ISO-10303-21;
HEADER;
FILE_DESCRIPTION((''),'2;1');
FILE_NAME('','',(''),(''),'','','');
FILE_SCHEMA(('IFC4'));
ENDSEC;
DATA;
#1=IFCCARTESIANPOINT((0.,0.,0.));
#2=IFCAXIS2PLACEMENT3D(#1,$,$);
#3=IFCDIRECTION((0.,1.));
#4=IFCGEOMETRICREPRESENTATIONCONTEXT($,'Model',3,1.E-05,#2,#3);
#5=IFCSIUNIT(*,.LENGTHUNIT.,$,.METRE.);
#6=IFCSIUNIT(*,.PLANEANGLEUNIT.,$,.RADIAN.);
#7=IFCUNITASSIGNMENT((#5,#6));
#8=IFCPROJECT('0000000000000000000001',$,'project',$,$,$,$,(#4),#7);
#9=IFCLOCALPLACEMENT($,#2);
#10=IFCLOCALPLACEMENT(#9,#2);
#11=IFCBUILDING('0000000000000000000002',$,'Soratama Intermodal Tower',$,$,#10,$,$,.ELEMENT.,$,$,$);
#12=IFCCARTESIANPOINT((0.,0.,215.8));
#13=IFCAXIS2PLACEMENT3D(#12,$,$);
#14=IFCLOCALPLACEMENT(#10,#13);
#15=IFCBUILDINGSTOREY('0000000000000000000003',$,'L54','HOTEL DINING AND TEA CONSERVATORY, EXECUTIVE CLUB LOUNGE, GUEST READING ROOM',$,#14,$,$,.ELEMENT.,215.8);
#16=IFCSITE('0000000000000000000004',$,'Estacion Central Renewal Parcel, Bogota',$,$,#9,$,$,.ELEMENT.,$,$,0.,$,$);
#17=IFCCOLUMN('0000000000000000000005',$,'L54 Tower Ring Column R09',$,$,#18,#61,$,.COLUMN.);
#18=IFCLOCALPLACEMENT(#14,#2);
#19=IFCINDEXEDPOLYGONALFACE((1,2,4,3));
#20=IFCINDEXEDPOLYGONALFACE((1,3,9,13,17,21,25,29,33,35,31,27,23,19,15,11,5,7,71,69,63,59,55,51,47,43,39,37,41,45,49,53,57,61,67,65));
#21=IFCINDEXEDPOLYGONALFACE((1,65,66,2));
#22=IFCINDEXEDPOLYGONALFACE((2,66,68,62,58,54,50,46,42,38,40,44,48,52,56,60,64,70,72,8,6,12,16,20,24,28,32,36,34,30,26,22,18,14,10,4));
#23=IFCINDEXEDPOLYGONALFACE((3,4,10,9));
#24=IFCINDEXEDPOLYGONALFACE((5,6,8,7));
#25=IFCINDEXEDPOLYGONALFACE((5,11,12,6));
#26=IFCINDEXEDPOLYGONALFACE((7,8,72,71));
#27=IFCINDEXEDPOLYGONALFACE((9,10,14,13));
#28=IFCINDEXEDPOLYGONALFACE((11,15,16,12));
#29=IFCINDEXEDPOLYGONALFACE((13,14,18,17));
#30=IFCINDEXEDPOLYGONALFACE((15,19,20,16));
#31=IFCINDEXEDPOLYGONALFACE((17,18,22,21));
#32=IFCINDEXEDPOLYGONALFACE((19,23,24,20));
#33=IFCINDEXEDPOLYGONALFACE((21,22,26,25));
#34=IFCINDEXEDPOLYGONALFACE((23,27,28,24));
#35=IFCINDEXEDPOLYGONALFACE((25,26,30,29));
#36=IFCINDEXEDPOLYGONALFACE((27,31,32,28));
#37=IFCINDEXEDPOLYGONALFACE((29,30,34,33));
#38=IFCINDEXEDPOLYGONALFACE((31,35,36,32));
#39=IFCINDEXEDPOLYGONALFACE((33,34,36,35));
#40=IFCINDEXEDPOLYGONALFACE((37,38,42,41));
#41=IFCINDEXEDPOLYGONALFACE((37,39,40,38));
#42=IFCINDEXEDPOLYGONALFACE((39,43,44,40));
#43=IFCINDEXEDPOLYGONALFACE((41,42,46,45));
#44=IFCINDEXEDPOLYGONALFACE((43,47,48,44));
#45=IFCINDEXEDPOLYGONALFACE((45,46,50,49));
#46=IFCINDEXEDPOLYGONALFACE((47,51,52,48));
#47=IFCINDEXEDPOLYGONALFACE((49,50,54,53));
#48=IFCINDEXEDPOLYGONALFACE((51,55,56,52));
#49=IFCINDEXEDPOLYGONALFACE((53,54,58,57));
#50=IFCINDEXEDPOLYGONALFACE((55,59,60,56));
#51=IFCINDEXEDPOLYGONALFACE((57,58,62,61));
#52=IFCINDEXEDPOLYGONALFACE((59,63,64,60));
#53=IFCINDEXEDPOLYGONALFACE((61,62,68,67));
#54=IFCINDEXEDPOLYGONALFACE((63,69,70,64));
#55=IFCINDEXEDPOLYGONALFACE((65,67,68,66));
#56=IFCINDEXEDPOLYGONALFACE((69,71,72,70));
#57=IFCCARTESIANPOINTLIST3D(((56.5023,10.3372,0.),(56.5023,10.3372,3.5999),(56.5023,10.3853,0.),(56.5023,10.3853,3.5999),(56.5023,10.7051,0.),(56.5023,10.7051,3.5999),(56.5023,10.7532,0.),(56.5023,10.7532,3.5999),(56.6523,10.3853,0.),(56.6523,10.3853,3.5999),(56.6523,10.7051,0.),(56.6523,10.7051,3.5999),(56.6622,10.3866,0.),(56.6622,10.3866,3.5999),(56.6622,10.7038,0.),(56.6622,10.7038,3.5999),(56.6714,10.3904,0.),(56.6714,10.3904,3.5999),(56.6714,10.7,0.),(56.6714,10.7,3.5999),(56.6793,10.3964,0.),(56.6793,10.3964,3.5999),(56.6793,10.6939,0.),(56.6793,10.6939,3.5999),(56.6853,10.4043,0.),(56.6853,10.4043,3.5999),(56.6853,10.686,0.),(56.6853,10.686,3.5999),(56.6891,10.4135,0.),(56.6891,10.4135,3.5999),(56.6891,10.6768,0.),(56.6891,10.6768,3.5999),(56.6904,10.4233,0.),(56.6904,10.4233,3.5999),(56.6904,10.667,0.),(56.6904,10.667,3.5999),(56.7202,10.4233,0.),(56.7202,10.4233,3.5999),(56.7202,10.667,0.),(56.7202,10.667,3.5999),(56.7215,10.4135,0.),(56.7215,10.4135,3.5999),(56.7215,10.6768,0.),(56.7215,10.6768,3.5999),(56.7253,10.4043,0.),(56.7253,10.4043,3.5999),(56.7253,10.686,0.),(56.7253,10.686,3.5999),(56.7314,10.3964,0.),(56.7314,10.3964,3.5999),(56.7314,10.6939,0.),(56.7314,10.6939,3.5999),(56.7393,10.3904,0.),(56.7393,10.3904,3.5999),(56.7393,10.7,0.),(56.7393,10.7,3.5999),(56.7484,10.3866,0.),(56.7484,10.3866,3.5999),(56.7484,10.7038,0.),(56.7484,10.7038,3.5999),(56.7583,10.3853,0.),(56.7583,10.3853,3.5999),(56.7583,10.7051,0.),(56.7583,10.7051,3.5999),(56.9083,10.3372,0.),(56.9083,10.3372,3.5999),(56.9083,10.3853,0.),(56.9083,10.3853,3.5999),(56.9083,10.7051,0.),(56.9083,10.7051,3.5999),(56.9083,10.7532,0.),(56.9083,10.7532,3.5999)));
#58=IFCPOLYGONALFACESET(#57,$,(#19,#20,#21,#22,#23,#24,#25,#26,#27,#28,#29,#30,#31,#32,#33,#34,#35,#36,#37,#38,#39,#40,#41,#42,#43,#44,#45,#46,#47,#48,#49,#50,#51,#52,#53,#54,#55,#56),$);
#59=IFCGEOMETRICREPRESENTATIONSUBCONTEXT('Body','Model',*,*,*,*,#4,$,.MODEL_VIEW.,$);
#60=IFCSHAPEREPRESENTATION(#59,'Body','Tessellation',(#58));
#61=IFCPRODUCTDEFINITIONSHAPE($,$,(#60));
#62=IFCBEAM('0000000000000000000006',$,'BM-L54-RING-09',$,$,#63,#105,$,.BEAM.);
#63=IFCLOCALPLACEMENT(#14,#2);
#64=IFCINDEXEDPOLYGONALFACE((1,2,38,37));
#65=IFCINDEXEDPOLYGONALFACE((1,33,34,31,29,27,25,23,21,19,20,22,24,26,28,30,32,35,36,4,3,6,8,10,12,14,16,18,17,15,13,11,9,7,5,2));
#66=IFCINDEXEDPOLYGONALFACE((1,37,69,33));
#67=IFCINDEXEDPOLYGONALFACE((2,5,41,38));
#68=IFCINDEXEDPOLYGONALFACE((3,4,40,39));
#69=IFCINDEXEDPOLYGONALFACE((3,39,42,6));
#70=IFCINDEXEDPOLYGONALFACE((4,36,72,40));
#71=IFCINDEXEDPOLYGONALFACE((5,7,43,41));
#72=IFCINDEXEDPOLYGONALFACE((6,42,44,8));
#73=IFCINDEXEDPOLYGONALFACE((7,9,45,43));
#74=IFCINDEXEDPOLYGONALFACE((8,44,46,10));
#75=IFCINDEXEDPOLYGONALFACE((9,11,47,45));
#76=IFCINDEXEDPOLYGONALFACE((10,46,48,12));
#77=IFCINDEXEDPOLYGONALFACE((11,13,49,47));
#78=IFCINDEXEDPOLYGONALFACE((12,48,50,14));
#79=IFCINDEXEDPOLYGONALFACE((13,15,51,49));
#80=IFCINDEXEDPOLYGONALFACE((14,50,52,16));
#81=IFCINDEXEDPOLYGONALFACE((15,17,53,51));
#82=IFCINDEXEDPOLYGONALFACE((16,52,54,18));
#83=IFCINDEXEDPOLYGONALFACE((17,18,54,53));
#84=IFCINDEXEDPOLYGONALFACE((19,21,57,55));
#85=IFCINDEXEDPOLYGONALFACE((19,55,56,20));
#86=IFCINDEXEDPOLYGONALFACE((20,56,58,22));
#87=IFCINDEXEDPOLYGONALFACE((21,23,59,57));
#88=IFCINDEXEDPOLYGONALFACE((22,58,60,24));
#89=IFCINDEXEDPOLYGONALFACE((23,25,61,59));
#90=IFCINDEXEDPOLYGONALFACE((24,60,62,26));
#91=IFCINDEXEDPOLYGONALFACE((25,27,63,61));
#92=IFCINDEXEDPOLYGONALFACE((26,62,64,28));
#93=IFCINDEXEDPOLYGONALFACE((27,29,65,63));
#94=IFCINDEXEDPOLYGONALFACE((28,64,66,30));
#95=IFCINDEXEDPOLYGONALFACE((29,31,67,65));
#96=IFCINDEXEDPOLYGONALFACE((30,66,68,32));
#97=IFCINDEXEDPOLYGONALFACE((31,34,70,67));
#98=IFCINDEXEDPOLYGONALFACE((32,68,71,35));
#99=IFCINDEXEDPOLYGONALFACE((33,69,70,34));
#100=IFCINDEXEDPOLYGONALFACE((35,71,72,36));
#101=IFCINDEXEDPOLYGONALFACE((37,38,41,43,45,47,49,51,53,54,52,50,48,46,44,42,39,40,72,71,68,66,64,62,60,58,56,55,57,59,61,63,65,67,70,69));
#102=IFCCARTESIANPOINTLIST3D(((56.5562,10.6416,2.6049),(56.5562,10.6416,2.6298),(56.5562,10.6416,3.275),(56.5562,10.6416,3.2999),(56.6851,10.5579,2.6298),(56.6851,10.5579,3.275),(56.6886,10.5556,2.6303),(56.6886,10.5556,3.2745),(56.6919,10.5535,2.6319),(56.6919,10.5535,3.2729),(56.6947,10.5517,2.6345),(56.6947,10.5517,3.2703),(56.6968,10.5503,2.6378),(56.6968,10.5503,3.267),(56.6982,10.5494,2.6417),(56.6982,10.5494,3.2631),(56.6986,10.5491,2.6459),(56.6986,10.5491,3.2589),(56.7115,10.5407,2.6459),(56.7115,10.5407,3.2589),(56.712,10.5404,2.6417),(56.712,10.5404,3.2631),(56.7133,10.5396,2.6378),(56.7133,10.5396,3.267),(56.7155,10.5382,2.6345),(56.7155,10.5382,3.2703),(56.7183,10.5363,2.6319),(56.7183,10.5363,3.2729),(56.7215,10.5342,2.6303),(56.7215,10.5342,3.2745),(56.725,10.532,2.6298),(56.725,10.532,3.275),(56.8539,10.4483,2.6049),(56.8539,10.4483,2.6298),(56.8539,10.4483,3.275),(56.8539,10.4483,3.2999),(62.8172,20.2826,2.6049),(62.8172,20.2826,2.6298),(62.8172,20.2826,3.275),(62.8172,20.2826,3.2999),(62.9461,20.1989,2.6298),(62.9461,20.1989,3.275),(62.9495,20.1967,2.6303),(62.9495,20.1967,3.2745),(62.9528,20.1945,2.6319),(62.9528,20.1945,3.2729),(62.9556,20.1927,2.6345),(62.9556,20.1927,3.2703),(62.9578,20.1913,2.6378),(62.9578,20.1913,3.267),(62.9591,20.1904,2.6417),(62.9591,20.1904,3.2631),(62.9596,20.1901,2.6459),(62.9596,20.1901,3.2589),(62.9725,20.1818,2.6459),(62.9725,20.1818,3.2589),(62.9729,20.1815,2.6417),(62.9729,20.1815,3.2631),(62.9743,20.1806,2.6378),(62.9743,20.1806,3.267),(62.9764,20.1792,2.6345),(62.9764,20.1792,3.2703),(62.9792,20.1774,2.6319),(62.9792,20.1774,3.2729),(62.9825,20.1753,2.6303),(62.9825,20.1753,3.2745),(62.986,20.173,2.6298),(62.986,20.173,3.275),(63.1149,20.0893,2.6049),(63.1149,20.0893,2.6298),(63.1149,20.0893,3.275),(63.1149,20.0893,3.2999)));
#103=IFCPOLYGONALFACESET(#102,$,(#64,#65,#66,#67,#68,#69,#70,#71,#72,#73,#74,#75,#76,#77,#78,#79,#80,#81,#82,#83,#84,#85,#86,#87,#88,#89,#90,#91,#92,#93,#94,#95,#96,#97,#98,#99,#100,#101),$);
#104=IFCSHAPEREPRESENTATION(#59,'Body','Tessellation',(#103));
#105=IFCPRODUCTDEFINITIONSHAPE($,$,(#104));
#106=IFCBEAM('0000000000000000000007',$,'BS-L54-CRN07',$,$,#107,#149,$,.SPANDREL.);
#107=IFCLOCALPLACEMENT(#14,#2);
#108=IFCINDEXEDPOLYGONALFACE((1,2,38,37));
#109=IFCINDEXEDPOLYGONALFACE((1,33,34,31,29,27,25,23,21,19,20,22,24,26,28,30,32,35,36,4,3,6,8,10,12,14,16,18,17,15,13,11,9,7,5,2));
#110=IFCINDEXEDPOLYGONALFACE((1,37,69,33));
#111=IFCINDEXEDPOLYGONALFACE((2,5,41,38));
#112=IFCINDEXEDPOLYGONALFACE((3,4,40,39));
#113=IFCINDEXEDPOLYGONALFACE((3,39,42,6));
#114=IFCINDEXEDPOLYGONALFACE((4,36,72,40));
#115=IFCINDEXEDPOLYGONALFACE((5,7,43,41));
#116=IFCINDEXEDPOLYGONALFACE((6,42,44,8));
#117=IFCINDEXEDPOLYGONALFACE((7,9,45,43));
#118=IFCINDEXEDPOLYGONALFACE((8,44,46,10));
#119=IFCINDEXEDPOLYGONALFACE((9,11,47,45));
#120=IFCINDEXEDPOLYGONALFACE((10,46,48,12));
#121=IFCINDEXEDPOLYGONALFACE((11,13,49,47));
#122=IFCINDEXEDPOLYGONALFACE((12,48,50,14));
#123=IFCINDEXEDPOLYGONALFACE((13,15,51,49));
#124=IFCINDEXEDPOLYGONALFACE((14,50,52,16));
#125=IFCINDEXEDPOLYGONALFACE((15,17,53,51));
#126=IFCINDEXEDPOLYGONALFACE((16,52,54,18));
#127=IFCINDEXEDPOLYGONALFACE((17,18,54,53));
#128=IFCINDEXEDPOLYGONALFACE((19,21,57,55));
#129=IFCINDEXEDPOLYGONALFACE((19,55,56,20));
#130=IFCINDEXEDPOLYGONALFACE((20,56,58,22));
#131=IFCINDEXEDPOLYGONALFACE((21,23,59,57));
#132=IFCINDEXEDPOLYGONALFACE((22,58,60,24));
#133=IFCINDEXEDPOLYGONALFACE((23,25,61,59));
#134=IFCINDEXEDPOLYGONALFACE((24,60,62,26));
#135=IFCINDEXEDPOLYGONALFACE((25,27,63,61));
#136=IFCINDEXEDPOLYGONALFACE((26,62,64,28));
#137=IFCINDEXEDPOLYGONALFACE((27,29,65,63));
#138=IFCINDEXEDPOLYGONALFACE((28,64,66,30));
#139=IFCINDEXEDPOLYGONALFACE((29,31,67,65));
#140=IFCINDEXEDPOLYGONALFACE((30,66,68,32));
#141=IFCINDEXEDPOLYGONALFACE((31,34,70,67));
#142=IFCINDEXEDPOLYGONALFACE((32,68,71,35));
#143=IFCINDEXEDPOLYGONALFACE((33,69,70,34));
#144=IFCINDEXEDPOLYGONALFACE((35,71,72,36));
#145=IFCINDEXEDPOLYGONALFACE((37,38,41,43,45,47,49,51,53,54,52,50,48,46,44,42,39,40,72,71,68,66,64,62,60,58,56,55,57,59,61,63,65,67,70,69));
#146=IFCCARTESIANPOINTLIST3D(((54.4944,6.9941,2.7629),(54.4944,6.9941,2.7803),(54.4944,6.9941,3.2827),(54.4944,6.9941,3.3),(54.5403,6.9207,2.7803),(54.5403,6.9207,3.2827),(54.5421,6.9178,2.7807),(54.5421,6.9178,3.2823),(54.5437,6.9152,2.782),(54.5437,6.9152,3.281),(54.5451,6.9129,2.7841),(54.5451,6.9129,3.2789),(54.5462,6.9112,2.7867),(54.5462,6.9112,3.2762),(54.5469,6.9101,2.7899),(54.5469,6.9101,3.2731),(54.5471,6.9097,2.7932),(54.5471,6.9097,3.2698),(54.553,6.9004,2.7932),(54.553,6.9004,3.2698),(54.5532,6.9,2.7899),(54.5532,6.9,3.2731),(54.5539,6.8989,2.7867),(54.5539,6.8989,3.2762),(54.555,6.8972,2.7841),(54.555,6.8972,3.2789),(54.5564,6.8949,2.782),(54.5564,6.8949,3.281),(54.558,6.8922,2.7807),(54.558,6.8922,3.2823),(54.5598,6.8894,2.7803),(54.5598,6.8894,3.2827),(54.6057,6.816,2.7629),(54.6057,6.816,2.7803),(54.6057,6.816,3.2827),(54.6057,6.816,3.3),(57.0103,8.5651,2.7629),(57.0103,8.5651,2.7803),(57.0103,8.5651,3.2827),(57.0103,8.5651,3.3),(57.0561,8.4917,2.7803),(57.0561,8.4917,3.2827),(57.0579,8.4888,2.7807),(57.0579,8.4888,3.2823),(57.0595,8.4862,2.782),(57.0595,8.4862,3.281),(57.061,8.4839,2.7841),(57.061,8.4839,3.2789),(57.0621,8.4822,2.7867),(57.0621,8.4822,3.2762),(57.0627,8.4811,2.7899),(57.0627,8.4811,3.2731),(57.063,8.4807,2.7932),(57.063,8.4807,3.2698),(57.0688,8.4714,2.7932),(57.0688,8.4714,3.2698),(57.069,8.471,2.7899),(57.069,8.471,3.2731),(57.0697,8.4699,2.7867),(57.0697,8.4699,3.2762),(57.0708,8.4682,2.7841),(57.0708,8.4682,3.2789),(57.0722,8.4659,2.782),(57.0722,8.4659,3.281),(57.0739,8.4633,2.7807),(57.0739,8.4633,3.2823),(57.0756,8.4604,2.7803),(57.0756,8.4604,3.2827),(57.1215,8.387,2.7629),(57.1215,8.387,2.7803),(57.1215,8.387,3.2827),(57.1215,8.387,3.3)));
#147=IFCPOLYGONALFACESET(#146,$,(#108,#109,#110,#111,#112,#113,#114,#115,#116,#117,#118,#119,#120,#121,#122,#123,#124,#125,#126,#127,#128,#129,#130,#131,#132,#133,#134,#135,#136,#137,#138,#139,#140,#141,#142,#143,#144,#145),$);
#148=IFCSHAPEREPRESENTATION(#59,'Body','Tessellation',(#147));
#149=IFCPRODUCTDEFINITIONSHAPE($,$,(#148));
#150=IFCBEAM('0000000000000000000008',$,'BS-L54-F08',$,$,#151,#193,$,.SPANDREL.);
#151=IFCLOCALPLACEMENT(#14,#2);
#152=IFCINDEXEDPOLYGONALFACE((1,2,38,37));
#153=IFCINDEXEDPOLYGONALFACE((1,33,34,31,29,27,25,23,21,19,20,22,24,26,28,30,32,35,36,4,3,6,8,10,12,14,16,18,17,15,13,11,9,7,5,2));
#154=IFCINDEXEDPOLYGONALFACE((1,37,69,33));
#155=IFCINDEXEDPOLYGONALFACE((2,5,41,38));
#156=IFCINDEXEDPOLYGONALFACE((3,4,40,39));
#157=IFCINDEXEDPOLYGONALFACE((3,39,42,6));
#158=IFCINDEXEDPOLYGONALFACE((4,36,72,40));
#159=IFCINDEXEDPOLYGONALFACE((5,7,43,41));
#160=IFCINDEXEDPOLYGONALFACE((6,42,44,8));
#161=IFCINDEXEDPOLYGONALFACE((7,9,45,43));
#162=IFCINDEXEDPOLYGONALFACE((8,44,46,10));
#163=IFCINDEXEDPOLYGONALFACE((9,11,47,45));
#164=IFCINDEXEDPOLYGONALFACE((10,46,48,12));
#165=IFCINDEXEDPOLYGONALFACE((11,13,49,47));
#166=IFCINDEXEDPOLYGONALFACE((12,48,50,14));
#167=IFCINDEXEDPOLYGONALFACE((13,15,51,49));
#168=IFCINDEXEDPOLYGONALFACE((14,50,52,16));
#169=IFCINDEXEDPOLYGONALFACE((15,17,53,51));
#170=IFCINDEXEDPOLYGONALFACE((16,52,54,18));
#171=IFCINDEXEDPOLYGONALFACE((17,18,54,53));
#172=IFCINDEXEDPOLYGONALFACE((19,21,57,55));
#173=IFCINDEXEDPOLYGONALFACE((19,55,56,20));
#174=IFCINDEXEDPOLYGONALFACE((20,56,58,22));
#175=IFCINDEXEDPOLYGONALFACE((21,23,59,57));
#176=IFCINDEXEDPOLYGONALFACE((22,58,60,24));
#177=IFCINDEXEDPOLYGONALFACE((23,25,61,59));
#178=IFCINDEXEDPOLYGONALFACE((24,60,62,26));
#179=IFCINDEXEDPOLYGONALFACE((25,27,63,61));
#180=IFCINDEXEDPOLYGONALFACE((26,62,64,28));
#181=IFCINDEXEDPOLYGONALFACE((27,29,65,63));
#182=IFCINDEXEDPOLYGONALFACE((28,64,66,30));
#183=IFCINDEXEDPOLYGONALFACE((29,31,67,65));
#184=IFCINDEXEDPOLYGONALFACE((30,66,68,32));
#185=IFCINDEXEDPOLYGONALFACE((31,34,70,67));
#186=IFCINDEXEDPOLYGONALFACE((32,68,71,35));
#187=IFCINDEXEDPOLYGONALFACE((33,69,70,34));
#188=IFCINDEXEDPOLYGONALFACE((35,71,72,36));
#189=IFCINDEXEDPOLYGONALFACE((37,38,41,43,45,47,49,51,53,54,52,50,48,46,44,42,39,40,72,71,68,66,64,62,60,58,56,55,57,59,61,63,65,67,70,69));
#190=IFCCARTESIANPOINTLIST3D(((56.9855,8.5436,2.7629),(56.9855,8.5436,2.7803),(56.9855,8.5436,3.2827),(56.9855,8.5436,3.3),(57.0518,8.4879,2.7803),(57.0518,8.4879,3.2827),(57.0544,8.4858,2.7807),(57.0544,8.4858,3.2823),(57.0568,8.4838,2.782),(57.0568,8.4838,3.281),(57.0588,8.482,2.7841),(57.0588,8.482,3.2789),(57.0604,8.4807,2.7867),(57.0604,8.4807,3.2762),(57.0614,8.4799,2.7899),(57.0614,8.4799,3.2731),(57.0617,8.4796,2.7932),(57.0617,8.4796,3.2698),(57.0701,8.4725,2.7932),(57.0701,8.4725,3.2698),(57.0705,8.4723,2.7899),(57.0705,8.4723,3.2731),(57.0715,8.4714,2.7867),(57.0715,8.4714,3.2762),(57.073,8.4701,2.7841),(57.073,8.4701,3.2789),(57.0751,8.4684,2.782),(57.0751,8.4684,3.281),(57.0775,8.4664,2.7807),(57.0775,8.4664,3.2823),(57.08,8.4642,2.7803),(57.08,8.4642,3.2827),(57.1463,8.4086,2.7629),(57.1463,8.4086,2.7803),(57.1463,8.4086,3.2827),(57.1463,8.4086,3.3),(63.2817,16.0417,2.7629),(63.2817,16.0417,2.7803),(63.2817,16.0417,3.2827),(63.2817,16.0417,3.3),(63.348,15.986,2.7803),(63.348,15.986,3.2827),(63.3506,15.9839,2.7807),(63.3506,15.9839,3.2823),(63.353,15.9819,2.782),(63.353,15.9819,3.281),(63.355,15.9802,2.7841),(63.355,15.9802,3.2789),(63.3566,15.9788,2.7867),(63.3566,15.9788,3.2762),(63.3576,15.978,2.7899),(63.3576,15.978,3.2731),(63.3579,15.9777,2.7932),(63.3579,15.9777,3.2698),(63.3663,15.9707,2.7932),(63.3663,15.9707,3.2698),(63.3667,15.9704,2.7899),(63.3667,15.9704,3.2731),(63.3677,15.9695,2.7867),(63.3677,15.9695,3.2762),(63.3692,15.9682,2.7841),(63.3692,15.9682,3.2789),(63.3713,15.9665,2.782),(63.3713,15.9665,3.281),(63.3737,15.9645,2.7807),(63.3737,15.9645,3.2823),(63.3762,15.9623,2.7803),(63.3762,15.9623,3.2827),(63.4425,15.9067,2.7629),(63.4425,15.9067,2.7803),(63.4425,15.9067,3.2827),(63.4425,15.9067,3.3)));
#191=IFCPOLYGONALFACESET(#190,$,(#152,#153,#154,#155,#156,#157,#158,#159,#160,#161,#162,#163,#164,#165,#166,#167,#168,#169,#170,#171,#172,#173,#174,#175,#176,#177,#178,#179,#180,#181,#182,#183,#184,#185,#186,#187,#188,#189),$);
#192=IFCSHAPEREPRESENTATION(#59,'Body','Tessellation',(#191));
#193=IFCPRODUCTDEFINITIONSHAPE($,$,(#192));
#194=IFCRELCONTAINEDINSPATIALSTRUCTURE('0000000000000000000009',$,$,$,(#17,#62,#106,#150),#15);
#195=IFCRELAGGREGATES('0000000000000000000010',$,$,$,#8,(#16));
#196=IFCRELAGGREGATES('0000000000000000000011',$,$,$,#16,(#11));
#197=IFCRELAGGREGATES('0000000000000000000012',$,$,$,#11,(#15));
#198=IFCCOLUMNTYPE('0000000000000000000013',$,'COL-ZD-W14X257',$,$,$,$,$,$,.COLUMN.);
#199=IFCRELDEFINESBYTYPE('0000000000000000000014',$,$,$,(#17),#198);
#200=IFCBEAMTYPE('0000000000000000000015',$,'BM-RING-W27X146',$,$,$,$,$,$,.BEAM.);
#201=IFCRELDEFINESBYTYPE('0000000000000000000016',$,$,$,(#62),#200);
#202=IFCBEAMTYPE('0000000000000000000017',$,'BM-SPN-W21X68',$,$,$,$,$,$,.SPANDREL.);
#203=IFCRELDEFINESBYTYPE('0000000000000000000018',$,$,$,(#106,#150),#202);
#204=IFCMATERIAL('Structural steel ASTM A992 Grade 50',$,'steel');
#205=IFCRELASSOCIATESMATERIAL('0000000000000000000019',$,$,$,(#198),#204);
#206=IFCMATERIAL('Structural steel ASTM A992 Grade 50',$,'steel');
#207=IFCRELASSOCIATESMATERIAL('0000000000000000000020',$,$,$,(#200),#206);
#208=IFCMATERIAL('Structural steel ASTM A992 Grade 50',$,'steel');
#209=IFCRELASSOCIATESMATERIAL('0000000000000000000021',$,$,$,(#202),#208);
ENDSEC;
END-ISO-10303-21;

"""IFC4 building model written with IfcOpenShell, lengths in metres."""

from ifc_helpers import new_model, si_unit, direction, frame, origin, origin_2d, place, context, subcontext, project, spatial, i_section, extrude, material, material_profile, profile_set, type_object, element, save


model = new_model("IFC4")

# Units and contexts
model_context = context("Model", 3, precision=1e-05, world=origin(), true_north=direction((0.0, 1.0)))
body_context = subcontext(model_context, "Body", "Model", "MODEL_VIEW")
ifc_project = project(units=[si_unit("LENGTHUNIT", "METRE"), si_unit("PLANEANGLEUNIT", "RADIAN")], contexts=[model_context])

# Site, building, storey
site_placement = place(None, origin())
site = spatial("IfcSite", under=ifc_project, at=site_placement, Name="Estacion Central Renewal Parcel, Bogota", CompositionType="ELEMENT", RefElevation=0.0)
building_placement = place(site_placement, origin())
building = spatial("IfcBuilding", under=site, at=building_placement, Name="Soratama Intermodal Tower", CompositionType="ELEMENT")
storey_placement = place(building_placement, frame((0.0, 0.0, 215.8)))
storey = spatial("IfcBuildingStorey", under=building, at=storey_placement, Name="L54", Description="HOTEL DINING AND TEA CONSERVATORY, EXECUTIVE CLUB LOUNGE, GUEST READING ROOM", CompositionType="ELEMENT", Elevation=215.8)

# Column
ifc_material_1 = material(Name="Structural steel ASTM A992 Grade 50", Category="steel")
ifc_material_profile_1 = material_profile(ifc_material_1, i_section(OverallWidth=0.406, OverallDepth=0.416, WebThickness=0.0298, FlangeThickness=0.0481, FilletRadius=0.0381, at=origin_2d()), Name="W14X257")
ifc_profile_set_1 = profile_set([ifc_material_profile_1], Name="Structural steel ASTM A992 Grade 50")
column_type = type_object("IfcColumnType", Name="COL-ZD-W14X257", PredefinedType="COLUMN", material=ifc_profile_set_1)
column_placement = place(storey_placement, frame((56.7053, 10.5452, 0.0), z_axis=(0.0, 0.0, 1.0), x_axis=(1.0, 0.0, 0.0)))
element("IfcColumn", 1, at=column_placement, inside=storey, type_object=column_type, Name="L54 Tower Ring Column R09", PredefinedType="COLUMN", context=body_context, shape_type="SweptSolid", body=[
    extrude(i_section(OverallWidth=0.406, OverallDepth=0.416, WebThickness=0.0298, FlangeThickness=0.0481, FilletRadius=0.0381, at=origin_2d()), origin(), (0.0, 0.0, 1.0), 3.5999),
])

# Beams
ifc_material_2 = material(Name="Structural steel ASTM A992 Grade 50", Category="steel")
ifc_material_profile_2 = material_profile(ifc_material_2, i_section(OverallWidth=0.355, OverallDepth=0.6951, WebThickness=0.0154, FlangeThickness=0.0249, FilletRadius=0.0161, at=origin_2d()), Name="W27X146")
ifc_profile_set_2 = profile_set([ifc_material_profile_2], Name="Structural steel ASTM A992 Grade 50")
beam_type_1 = type_object("IfcBeamType", Name="BM-RING-W27X146", PredefinedType="BEAM", material=ifc_profile_set_2)
beam_1_placement = place(storey_placement, frame((56.7051, 10.5449, 2.9524), z_axis=(0.544637, 0.838672, 0.0), x_axis=(-0.838672, 0.544637, 0.0)))
element("IfcBeam", 2, at=beam_1_placement, inside=storey, type_object=beam_type_1, Name="BM-L54-RING-09", PredefinedType="BEAM", context=body_context, shape_type="SweptSolid", body=[
    extrude(i_section(OverallWidth=0.355, OverallDepth=0.6951, WebThickness=0.0154, FlangeThickness=0.0249, FilletRadius=0.0161, at=origin_2d()), origin(), (0.0, 0.0, 1.0), 11.4956),
])
ifc_material_3 = material(Name="Structural steel ASTM A992 Grade 50", Category="steel")
ifc_material_profile_3 = material_profile(ifc_material_3, i_section(OverallWidth=0.21, OverallDepth=0.5371, WebThickness=0.011, FlangeThickness=0.0173, FilletRadius=0.0129, at=origin_2d()), Name="W21X68")
ifc_profile_set_3 = profile_set([ifc_material_profile_3], Name="Structural steel ASTM A992 Grade 50")
beam_type_2 = type_object("IfcBeamType", Name="BM-SPN-W21X68", PredefinedType="SPANDREL", material=ifc_profile_set_3)
beam_2_placement = place(storey_placement, frame((54.55, 6.905, 3.0315), z_axis=(0.848206, 0.529666, 0.0), x_axis=(-0.529666, 0.848206, 0.0)))
element("IfcBeam", 3, at=beam_2_placement, inside=storey, type_object=beam_type_2, Name="BS-L54-CRN07", PredefinedType="SPANDREL", context=body_context, shape_type="SweptSolid", body=[
    extrude(i_section(OverallWidth=0.21, OverallDepth=0.5371, WebThickness=0.011, FlangeThickness=0.0173, FilletRadius=0.0129, at=origin_2d()), origin(), (0.0, 0.0, 1.0), 2.9661),
])
beam_3_placement = place(storey_placement, frame((57.0659, 8.4761, 3.0315), z_axis=(0.643059, 0.765816, 0.0), x_axis=(-0.765816, 0.643059, 0.0)))
element("IfcBeam", 4, at=beam_3_placement, inside=storey, type_object=beam_type_2, Name="BS-L54-F08", PredefinedType="SPANDREL", context=body_context, shape_type="SweptSolid", body=[
    extrude(i_section(OverallWidth=0.21, OverallDepth=0.5371, WebThickness=0.011, FlangeThickness=0.0173, FilletRadius=0.0129, at=origin_2d()), origin(), (0.0, 0.0, 1.0), 9.791),
])

save(model, "model.ifc")
